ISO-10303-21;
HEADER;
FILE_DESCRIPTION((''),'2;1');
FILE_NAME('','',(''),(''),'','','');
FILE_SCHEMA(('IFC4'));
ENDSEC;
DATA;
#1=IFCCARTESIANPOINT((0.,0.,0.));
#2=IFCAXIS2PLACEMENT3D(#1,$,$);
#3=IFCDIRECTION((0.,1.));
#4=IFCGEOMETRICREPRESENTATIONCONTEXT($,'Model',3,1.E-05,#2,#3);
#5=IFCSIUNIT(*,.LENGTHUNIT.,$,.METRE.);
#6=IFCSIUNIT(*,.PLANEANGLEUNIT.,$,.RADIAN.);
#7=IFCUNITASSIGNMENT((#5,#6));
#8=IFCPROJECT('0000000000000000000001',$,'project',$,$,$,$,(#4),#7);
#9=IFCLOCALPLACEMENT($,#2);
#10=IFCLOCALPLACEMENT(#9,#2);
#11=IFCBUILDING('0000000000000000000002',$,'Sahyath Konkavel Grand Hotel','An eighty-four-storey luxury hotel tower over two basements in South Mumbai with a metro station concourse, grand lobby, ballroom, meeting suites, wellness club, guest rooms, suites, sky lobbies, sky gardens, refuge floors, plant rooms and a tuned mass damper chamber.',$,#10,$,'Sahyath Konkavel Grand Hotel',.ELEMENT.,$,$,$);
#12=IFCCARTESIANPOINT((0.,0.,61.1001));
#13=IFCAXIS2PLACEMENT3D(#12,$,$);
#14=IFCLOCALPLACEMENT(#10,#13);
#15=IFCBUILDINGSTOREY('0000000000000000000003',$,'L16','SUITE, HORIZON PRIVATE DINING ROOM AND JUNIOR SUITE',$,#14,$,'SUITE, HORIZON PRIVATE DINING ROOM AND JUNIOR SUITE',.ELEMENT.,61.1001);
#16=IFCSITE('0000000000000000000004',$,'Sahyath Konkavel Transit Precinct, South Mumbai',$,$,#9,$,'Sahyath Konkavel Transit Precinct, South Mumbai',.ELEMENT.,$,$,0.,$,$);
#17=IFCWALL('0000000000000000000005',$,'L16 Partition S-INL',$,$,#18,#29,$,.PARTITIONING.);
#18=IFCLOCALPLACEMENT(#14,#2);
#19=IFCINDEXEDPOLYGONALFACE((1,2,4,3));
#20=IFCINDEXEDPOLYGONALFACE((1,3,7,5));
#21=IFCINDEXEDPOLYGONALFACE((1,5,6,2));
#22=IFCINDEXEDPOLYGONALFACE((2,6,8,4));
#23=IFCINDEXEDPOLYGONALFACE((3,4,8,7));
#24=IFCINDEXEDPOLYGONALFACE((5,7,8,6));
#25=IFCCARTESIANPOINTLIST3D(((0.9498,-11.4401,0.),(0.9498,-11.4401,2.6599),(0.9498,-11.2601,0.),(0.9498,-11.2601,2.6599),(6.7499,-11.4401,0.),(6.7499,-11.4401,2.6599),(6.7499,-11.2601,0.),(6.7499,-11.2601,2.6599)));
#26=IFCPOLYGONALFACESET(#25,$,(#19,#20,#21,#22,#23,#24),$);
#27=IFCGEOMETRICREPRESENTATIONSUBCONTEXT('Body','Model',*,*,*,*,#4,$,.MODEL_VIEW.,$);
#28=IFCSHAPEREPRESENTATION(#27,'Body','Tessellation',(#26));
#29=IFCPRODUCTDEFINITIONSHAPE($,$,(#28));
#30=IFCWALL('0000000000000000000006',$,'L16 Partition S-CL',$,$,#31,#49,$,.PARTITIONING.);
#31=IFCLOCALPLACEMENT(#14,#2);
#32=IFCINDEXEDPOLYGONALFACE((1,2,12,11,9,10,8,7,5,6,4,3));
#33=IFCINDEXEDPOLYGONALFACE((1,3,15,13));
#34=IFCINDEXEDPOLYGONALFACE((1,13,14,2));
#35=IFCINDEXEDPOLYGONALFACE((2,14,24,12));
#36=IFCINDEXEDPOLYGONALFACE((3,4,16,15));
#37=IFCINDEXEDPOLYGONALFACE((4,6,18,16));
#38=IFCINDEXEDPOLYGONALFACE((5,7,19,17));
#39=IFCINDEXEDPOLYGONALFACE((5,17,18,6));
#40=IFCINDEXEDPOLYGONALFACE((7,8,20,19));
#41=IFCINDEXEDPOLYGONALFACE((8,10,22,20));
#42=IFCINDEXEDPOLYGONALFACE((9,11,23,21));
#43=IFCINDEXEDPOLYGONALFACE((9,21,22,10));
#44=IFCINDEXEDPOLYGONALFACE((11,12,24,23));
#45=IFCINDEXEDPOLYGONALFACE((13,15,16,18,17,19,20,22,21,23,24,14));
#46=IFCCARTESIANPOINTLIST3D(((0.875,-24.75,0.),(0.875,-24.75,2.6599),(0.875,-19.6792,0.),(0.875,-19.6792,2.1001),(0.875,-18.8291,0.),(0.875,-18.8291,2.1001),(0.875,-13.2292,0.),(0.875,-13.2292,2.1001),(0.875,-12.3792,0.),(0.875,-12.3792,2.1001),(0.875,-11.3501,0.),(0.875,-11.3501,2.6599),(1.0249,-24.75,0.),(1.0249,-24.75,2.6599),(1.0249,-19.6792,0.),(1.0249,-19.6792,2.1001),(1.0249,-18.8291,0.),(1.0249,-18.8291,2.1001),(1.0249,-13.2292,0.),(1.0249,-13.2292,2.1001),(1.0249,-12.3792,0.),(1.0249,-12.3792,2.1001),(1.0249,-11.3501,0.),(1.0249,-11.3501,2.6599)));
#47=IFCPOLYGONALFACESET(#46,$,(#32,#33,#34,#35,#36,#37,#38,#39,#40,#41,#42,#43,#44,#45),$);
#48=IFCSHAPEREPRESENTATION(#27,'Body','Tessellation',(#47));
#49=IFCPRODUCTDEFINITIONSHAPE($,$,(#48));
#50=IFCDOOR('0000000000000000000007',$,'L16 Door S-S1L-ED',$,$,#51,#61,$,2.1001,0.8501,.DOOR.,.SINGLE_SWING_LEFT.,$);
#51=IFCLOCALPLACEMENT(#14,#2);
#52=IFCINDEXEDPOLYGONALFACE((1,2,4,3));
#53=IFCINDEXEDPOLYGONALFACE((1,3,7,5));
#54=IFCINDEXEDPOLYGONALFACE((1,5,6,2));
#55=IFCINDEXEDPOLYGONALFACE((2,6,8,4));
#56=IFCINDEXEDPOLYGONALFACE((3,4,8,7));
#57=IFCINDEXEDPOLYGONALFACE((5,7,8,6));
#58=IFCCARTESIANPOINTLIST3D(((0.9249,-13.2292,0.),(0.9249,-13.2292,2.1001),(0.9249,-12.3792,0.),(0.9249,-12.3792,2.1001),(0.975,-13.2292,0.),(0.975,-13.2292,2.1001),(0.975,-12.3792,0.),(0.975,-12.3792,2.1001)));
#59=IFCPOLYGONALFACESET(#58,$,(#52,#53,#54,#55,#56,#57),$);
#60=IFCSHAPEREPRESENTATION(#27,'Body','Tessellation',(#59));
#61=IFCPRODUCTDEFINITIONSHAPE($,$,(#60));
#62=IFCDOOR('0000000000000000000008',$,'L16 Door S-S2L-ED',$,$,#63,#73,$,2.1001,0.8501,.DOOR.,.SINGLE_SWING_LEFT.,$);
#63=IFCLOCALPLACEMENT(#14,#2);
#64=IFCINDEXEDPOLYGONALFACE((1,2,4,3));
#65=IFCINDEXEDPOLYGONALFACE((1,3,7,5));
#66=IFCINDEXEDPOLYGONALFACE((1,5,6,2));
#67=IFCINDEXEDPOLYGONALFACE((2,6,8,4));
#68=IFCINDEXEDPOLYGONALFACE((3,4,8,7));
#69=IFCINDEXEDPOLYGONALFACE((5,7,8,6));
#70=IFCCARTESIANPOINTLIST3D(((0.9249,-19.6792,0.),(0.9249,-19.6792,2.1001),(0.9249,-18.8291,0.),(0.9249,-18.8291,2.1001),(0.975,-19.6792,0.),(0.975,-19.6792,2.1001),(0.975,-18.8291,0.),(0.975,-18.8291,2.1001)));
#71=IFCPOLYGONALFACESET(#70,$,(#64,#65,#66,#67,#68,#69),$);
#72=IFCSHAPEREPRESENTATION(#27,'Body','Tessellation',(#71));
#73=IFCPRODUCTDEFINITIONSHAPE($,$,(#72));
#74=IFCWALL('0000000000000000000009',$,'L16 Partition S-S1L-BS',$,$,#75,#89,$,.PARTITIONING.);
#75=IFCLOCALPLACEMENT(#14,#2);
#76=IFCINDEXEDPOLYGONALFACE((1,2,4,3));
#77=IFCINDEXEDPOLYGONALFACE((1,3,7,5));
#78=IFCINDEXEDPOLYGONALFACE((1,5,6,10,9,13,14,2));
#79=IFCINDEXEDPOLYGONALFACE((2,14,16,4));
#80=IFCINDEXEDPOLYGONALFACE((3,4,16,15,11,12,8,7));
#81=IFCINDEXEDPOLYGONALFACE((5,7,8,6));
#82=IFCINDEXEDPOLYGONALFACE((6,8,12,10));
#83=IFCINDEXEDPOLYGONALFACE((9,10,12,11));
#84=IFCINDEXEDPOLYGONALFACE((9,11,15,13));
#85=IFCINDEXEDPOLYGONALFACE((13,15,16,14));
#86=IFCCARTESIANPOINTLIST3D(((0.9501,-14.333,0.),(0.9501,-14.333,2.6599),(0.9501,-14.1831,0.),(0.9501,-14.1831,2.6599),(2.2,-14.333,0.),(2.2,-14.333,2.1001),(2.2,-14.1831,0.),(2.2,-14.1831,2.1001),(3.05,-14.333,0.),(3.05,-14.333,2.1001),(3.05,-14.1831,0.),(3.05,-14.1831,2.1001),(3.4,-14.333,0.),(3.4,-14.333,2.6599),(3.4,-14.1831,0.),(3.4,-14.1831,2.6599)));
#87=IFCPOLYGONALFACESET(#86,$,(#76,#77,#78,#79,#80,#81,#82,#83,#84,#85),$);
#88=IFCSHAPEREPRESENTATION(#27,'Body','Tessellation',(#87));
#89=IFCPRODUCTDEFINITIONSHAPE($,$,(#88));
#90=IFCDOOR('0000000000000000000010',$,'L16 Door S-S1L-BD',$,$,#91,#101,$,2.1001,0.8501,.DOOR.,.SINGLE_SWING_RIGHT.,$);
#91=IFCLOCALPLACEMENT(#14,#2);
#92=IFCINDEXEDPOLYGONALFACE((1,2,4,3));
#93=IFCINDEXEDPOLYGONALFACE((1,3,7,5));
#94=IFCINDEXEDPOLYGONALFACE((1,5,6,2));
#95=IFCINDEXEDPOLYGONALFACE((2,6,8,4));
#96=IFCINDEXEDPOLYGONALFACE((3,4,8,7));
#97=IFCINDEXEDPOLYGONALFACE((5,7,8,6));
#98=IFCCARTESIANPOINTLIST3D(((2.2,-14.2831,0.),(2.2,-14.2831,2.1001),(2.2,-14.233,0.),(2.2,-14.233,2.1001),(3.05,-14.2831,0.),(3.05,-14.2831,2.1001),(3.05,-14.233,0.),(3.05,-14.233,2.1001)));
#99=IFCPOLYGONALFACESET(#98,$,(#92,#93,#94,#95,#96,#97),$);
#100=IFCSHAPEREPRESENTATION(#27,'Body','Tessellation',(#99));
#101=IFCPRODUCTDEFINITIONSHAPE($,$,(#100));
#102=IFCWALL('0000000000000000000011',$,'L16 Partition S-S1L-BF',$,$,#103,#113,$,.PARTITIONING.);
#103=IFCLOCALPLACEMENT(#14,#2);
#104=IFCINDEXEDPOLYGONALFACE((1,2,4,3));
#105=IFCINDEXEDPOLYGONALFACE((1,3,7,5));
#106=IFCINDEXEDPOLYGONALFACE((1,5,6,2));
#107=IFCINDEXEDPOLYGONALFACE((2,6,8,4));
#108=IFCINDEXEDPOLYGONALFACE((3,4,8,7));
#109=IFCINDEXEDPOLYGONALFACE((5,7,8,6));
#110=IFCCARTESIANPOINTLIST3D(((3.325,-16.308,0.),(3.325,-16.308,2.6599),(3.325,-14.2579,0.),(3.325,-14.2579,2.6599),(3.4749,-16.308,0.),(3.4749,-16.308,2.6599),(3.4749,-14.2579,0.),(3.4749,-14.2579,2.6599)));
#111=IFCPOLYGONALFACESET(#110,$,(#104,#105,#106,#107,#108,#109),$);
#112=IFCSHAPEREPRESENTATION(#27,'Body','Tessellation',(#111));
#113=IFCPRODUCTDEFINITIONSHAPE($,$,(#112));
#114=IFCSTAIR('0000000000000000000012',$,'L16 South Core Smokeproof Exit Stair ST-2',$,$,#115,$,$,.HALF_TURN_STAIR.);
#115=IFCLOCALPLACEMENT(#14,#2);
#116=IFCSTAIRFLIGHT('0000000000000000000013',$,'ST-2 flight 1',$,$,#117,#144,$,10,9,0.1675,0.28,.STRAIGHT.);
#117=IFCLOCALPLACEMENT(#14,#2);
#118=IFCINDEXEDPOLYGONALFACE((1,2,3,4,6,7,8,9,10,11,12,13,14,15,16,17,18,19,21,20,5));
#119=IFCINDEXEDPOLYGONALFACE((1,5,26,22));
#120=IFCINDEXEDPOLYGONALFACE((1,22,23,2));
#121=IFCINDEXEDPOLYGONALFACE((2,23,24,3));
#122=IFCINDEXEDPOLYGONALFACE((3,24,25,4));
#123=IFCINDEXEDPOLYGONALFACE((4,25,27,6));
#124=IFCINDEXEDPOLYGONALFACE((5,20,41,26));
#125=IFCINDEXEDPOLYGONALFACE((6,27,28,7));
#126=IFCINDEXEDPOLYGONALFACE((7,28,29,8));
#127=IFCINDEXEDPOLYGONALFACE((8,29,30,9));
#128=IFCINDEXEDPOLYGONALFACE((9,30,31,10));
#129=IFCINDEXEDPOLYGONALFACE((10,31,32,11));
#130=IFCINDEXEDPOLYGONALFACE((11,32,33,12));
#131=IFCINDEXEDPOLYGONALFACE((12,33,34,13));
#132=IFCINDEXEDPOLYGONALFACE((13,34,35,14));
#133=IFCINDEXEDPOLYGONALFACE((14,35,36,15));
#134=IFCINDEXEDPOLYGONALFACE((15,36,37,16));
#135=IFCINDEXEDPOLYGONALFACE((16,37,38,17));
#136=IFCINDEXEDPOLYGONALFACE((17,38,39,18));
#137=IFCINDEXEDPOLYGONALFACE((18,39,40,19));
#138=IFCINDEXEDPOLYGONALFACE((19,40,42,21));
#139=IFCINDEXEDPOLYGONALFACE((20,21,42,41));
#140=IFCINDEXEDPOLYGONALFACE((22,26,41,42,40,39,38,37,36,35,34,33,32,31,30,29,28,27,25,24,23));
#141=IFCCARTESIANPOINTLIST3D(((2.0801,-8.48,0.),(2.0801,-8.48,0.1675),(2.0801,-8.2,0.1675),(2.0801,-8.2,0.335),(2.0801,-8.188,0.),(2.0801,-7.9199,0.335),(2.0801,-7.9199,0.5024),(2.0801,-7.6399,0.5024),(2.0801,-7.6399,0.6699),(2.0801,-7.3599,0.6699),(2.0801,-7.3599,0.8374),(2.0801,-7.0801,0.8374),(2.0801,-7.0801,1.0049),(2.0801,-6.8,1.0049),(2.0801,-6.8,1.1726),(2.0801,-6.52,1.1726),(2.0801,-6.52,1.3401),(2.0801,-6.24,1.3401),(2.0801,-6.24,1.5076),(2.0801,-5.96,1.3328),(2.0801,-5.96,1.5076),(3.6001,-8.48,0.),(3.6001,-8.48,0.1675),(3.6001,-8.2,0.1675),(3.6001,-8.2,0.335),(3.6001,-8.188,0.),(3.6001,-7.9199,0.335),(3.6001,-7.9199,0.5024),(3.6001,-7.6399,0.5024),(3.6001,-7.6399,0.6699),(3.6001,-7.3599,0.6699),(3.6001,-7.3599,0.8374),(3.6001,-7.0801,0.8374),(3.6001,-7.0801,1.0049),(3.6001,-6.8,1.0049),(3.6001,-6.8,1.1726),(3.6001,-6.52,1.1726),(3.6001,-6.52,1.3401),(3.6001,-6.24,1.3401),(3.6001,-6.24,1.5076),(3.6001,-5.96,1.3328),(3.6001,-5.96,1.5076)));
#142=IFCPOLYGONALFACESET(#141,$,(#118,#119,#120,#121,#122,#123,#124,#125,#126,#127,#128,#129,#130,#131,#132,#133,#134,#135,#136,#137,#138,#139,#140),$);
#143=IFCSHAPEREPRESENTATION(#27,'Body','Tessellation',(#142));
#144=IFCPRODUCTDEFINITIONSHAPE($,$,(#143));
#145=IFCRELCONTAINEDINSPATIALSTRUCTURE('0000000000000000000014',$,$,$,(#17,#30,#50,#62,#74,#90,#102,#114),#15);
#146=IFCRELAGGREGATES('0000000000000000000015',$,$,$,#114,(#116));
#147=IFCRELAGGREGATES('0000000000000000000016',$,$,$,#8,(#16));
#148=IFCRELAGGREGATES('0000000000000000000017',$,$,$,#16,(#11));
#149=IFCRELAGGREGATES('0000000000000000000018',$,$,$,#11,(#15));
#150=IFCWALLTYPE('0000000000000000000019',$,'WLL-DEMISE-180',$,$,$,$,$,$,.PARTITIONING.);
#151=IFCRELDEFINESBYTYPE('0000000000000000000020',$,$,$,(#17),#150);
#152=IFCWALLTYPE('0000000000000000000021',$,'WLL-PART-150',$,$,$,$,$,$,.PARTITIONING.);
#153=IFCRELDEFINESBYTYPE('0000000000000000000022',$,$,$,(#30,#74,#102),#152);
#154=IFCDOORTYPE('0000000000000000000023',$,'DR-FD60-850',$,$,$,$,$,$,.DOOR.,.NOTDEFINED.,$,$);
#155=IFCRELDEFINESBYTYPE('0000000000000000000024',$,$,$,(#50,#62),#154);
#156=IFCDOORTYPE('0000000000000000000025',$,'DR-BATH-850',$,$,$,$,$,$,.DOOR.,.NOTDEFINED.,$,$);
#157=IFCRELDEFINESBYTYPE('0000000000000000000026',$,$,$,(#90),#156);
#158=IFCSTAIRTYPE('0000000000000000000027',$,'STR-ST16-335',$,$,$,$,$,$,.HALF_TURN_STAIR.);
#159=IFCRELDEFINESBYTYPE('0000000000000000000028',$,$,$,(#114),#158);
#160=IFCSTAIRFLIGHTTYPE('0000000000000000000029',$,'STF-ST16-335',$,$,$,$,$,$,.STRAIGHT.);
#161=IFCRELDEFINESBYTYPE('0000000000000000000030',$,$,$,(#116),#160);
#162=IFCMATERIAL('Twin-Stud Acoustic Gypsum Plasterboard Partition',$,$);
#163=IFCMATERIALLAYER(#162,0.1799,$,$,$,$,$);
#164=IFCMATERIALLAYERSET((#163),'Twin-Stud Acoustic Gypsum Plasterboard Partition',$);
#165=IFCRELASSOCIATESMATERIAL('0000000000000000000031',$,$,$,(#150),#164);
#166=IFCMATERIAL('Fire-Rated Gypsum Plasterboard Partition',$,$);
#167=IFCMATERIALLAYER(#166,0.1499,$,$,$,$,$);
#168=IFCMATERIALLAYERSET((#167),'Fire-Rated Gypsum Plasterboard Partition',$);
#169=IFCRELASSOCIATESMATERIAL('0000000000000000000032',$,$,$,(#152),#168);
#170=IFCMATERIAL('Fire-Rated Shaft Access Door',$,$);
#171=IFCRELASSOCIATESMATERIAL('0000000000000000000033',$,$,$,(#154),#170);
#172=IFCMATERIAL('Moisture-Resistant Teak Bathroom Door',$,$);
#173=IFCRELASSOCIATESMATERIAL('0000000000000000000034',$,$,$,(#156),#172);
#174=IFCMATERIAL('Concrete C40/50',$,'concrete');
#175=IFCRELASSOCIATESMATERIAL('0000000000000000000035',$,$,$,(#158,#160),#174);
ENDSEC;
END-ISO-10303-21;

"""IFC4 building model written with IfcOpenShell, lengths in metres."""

from ifc_helpers import new_model, si_unit, direction, frame, frame_2d, origin, origin_2d, place, context, subcontext, project, spatial, polyline, rectangle, outline, extrude, source, transform, mapped, material, layer, layer_set, type_object, element, fill, aggregate, save


model = new_model("IFC4")

# Units and contexts
model_context = context("Model", 3, precision=1e-05, world=origin(), true_north=direction((0.0, 1.0)))
body_context = subcontext(model_context, "Body", "Model", "MODEL_VIEW")
ifc_project = project(units=[si_unit("LENGTHUNIT", "METRE"), si_unit("PLANEANGLEUNIT", "RADIAN")], contexts=[model_context])

# Site, building, storey
site_placement = place(None, origin())
site = spatial("IfcSite", under=ifc_project, at=site_placement, Name="Sahyath Konkavel Transit Precinct, South Mumbai", LongName="Sahyath Konkavel Transit Precinct, South Mumbai", CompositionType="ELEMENT", RefElevation=0.0)
building_placement = place(site_placement, origin())
building = spatial("IfcBuilding", under=site, at=building_placement, Name="Sahyath Konkavel Grand Hotel", Description="An eighty-four-storey luxury hotel tower over two basements in South Mumbai with a metro station concourse, grand lobby, ballroom, meeting suites, wellness club, guest rooms, suites, sky lobbies, sky gardens, refuge floors, plant rooms and a tuned mass damper chamber.", LongName="Sahyath Konkavel Grand Hotel", CompositionType="ELEMENT")
storey_placement = place(building_placement, frame((0.0, 0.0, 61.1001)))
storey = spatial("IfcBuildingStorey", under=building, at=storey_placement, Name="L16", Description="SUITE, HORIZON PRIVATE DINING ROOM AND JUNIOR SUITE", LongName="SUITE, HORIZON PRIVATE DINING ROOM AND JUNIOR SUITE", CompositionType="ELEMENT", Elevation=61.1001)

# Shared definitions
ifc_material_1 = material(Name="Concrete C40/50", Category="concrete")

# Wall
ifc_material_2 = material(Name="Twin-Stud Acoustic Gypsum Plasterboard Partition")
ifc_layer_1 = layer(ifc_material_2, 0.1799)
ifc_layer_set_1 = layer_set([ifc_layer_1], Name="Twin-Stud Acoustic Gypsum Plasterboard Partition")
wall_type_1 = type_object("IfcWallType", Name="WLL-DEMISE-180", PredefinedType="PARTITIONING", material=ifc_layer_set_1)
wall_1_placement = place(storey_placement, frame((0.95, -11.3501, 0.0), z_axis=(0.0, 0.0, 1.0), x_axis=(1.0, 0.0, 0.0)))
element("IfcWall", 1, at=wall_1_placement, inside=storey, type_object=wall_type_1, Name="L16 Partition S-INL", PredefinedType="PARTITIONING", context=body_context, shape_type="SweptSolid", body=[
    extrude(rectangle(XDim=5.8, YDim=0.1799, at=frame_2d((2.8999, 0.0))), origin(), (0.0, 0.0, 1.0), 2.6599),
])

# Wall, openings, doors
ifc_material_3 = material(Name="Fire-Rated Gypsum Plasterboard Partition")
ifc_layer_2 = layer(ifc_material_3, 0.1499)
ifc_layer_set_2 = layer_set([ifc_layer_2], Name="Fire-Rated Gypsum Plasterboard Partition")
wall_type_2 = type_object("IfcWallType", Name="WLL-PART-150", PredefinedType="PARTITIONING", material=ifc_layer_set_2)
wall_2_placement = place(storey_placement, frame((0.95, -11.3501, 0.0), z_axis=(0.0, 0.0, 1.0), x_axis=(0.0, -1.0, 0.0)))
wall_2 = element("IfcWall", 2, at=wall_2_placement, inside=storey, type_object=wall_type_2, Name="L16 Partition S-CL", PredefinedType="PARTITIONING", context=body_context, shape_type="SweptSolid", body=[
    extrude(rectangle(XDim=13.3999, YDim=0.1499, at=frame_2d((6.7, 0.0))), origin(), (0.0, 0.0, 1.0), 2.6599),
])
opening_1_placement = place(wall_2_placement, frame((1.0291, 0.0, 0.0)))
opening_1 = element("IfcOpeningElement", 3, at=opening_1_placement, cuts=wall_2, PredefinedType="OPENING", context=body_context, shape_type="SweptSolid", body=[
    extrude(rectangle(XDim=0.8501, YDim=2.1001, at=frame_2d((0.425, 1.05))), frame((0.0, 0.085, 0.0), z_axis=(0.0, -1.0, 0.0), x_axis=(1.0, 0.0, 0.0)), (0.0, 0.0, 1.0), 0.1699),
])
opening_2_placement = place(wall_2_placement, frame((7.479, 0.0, 0.0)))
opening_2 = element("IfcOpeningElement", 4, at=opening_2_placement, cuts=wall_2, PredefinedType="OPENING", context=body_context, shape_type="SweptSolid", body=[
    extrude(rectangle(XDim=0.8501, YDim=2.1001, at=frame_2d((0.425, 1.05))), frame((0.0, 0.085, 0.0), z_axis=(0.0, -1.0, 0.0), x_axis=(1.0, 0.0, 0.0)), (0.0, 0.0, 1.0), 0.1699),
])
ifc_material_4 = material(Name="Fire-Rated Shaft Access Door")
door_type_1 = type_object("IfcDoorType", Name="DR-FD60-850", OperationType="NOTDEFINED", PredefinedType="DOOR", material=ifc_material_4)
shared_shape_1 = source(origin(), body_context, "Body", "SweptSolid", [
    extrude(rectangle(XDim=0.8501, YDim=0.05, at=origin_2d()), origin(), (0.0, 0.0, 1.0), 2.1001),
])
door_1_placement = place(opening_1_placement, frame((0.425, 0.0, 0.0)))
door_1 = element("IfcDoor", 5, at=door_1_placement, inside=storey, type_object=door_type_1, Name="L16 Door S-S1L-ED", OperationType="SINGLE_SWING_LEFT", OverallHeight=2.1001, OverallWidth=0.8501, PredefinedType="DOOR", context=body_context, shape_type="MappedRepresentation", body=[
    mapped(shared_shape_1, transform((0.0, 0.0, 0.0), scale=1.0)),
])
fill(opening_1, door_1)
door_2_placement = place(opening_2_placement, frame((0.425, 0.0, 0.0)))
door_2 = element("IfcDoor", 6, at=door_2_placement, inside=storey, type_object=door_type_1, Name="L16 Door S-S2L-ED", OperationType="SINGLE_SWING_LEFT", OverallHeight=2.1001, OverallWidth=0.8501, PredefinedType="DOOR", context=body_context, shape_type="MappedRepresentation", body=[
    mapped(shared_shape_1, transform((0.0, 0.0, 0.0), scale=1.0)),
])
fill(opening_2, door_2)

# Wall, opening, door
wall_3_placement = place(storey_placement, frame((0.95, -14.2581, 0.0), z_axis=(0.0, 0.0, 1.0), x_axis=(1.0, 0.0, 0.0)))
wall_3 = element("IfcWall", 7, at=wall_3_placement, inside=storey, type_object=wall_type_2, Name="L16 Partition S-S1L-BS", PredefinedType="PARTITIONING", context=body_context, shape_type="SweptSolid", body=[
    extrude(rectangle(XDim=2.45, YDim=0.1499, at=frame_2d((1.2251, 0.0))), origin(), (0.0, 0.0, 1.0), 2.6599),
])
opening_3_placement = place(wall_3_placement, frame((1.25, 0.0, 0.0)))
opening_3 = element("IfcOpeningElement", 8, at=opening_3_placement, cuts=wall_3, PredefinedType="OPENING", context=body_context, shape_type="SweptSolid", body=[
    extrude(rectangle(XDim=0.8501, YDim=2.1001, at=frame_2d((0.425, 1.05))), frame((0.0, 0.085, 0.0), z_axis=(0.0, -1.0, 0.0), x_axis=(1.0, 0.0, 0.0)), (0.0, 0.0, 1.0), 0.1699),
])
ifc_material_5 = material(Name="Moisture-Resistant Teak Bathroom Door")
door_type_2 = type_object("IfcDoorType", Name="DR-BATH-850", OperationType="NOTDEFINED", PredefinedType="DOOR", material=ifc_material_5)
door_3_placement = place(opening_3_placement, frame((0.425, 0.0, 0.0)))
door_3 = element("IfcDoor", 9, at=door_3_placement, inside=storey, type_object=door_type_2, Name="L16 Door S-S1L-BD", OperationType="SINGLE_SWING_RIGHT", OverallHeight=2.1001, OverallWidth=0.8501, PredefinedType="DOOR", context=body_context, shape_type="MappedRepresentation", body=[
    mapped(shared_shape_1, transform((0.0, 0.0, 0.0), scale=1.0)),
])
fill(opening_3, door_3)

# Wall
wall_4_placement = place(storey_placement, frame((3.3999, -14.2581, 0.0), z_axis=(0.0, 0.0, 1.0), x_axis=(0.0, -1.0, 0.0)))
element("IfcWall", 10, at=wall_4_placement, inside=storey, type_object=wall_type_2, Name="L16 Partition S-S1L-BF", PredefinedType="PARTITIONING", context=body_context, shape_type="SweptSolid", body=[
    extrude(rectangle(XDim=2.05, YDim=0.1499, at=frame_2d((1.0249, 0.0))), origin(), (0.0, 0.0, 1.0), 2.6599),
])

# Stair, stair flight
stair_type = type_object("IfcStairType", Name="STR-ST16-335", PredefinedType="HALF_TURN_STAIR", material=ifc_material_1)
stair_placement = place(storey_placement, origin())
stair = element("IfcStair", 11, at=stair_placement, inside=storey, type_object=stair_type, Name="L16 South Core Smokeproof Exit Stair ST-2", PredefinedType="HALF_TURN_STAIR")
stair_flight_type = type_object("IfcStairFlightType", Name="STF-ST16-335", PredefinedType="STRAIGHT", material=ifc_material_1)
stair_flight_placement = place(storey_placement, frame((2.8401, -8.48, 0.0), z_axis=(0.0, 0.0, 1.0), x_axis=(0.0, 1.0, 0.0)))
stair_flight = element("IfcStairFlight", 12, at=stair_flight_placement, type_object=stair_flight_type, Name="ST-2 flight 1", NumberOfRisers=10, NumberOfTreads=9, PredefinedType="STRAIGHT", RiserHeight=0.1675, TreadLength=0.28, context=body_context, shape_type="SweptSolid", body=[
    extrude(outline(polyline([(0.0, 0.0), (0.0, 0.1675), (0.28, 0.1675), (0.28, 0.335), (0.5601, 0.335), (0.5601, 0.5024), (0.8401, 0.5024), (0.8401, 0.6699), (1.1201, 0.6699), (1.1201, 0.8374), (1.3999, 0.8374), (1.3999, 1.0049), (1.6799, 1.0049), (1.6799, 1.1726), (1.96, 1.1726), (1.96, 1.3401), (2.24, 1.3401), (2.24, 1.5076), (2.52, 1.5076), (2.52, 1.675), (2.52, 1.3328), (0.292, 0.0), (0.0, 0.0)])), frame((0.0, 0.76, 0.0), z_axis=(0.0, -1.0, 0.0), x_axis=(1.0, 0.0, 0.0)), (0.0, 0.0, 1.0), 1.52),
])
aggregate(stair, [stair_flight])

save(model, "model.ifc")
